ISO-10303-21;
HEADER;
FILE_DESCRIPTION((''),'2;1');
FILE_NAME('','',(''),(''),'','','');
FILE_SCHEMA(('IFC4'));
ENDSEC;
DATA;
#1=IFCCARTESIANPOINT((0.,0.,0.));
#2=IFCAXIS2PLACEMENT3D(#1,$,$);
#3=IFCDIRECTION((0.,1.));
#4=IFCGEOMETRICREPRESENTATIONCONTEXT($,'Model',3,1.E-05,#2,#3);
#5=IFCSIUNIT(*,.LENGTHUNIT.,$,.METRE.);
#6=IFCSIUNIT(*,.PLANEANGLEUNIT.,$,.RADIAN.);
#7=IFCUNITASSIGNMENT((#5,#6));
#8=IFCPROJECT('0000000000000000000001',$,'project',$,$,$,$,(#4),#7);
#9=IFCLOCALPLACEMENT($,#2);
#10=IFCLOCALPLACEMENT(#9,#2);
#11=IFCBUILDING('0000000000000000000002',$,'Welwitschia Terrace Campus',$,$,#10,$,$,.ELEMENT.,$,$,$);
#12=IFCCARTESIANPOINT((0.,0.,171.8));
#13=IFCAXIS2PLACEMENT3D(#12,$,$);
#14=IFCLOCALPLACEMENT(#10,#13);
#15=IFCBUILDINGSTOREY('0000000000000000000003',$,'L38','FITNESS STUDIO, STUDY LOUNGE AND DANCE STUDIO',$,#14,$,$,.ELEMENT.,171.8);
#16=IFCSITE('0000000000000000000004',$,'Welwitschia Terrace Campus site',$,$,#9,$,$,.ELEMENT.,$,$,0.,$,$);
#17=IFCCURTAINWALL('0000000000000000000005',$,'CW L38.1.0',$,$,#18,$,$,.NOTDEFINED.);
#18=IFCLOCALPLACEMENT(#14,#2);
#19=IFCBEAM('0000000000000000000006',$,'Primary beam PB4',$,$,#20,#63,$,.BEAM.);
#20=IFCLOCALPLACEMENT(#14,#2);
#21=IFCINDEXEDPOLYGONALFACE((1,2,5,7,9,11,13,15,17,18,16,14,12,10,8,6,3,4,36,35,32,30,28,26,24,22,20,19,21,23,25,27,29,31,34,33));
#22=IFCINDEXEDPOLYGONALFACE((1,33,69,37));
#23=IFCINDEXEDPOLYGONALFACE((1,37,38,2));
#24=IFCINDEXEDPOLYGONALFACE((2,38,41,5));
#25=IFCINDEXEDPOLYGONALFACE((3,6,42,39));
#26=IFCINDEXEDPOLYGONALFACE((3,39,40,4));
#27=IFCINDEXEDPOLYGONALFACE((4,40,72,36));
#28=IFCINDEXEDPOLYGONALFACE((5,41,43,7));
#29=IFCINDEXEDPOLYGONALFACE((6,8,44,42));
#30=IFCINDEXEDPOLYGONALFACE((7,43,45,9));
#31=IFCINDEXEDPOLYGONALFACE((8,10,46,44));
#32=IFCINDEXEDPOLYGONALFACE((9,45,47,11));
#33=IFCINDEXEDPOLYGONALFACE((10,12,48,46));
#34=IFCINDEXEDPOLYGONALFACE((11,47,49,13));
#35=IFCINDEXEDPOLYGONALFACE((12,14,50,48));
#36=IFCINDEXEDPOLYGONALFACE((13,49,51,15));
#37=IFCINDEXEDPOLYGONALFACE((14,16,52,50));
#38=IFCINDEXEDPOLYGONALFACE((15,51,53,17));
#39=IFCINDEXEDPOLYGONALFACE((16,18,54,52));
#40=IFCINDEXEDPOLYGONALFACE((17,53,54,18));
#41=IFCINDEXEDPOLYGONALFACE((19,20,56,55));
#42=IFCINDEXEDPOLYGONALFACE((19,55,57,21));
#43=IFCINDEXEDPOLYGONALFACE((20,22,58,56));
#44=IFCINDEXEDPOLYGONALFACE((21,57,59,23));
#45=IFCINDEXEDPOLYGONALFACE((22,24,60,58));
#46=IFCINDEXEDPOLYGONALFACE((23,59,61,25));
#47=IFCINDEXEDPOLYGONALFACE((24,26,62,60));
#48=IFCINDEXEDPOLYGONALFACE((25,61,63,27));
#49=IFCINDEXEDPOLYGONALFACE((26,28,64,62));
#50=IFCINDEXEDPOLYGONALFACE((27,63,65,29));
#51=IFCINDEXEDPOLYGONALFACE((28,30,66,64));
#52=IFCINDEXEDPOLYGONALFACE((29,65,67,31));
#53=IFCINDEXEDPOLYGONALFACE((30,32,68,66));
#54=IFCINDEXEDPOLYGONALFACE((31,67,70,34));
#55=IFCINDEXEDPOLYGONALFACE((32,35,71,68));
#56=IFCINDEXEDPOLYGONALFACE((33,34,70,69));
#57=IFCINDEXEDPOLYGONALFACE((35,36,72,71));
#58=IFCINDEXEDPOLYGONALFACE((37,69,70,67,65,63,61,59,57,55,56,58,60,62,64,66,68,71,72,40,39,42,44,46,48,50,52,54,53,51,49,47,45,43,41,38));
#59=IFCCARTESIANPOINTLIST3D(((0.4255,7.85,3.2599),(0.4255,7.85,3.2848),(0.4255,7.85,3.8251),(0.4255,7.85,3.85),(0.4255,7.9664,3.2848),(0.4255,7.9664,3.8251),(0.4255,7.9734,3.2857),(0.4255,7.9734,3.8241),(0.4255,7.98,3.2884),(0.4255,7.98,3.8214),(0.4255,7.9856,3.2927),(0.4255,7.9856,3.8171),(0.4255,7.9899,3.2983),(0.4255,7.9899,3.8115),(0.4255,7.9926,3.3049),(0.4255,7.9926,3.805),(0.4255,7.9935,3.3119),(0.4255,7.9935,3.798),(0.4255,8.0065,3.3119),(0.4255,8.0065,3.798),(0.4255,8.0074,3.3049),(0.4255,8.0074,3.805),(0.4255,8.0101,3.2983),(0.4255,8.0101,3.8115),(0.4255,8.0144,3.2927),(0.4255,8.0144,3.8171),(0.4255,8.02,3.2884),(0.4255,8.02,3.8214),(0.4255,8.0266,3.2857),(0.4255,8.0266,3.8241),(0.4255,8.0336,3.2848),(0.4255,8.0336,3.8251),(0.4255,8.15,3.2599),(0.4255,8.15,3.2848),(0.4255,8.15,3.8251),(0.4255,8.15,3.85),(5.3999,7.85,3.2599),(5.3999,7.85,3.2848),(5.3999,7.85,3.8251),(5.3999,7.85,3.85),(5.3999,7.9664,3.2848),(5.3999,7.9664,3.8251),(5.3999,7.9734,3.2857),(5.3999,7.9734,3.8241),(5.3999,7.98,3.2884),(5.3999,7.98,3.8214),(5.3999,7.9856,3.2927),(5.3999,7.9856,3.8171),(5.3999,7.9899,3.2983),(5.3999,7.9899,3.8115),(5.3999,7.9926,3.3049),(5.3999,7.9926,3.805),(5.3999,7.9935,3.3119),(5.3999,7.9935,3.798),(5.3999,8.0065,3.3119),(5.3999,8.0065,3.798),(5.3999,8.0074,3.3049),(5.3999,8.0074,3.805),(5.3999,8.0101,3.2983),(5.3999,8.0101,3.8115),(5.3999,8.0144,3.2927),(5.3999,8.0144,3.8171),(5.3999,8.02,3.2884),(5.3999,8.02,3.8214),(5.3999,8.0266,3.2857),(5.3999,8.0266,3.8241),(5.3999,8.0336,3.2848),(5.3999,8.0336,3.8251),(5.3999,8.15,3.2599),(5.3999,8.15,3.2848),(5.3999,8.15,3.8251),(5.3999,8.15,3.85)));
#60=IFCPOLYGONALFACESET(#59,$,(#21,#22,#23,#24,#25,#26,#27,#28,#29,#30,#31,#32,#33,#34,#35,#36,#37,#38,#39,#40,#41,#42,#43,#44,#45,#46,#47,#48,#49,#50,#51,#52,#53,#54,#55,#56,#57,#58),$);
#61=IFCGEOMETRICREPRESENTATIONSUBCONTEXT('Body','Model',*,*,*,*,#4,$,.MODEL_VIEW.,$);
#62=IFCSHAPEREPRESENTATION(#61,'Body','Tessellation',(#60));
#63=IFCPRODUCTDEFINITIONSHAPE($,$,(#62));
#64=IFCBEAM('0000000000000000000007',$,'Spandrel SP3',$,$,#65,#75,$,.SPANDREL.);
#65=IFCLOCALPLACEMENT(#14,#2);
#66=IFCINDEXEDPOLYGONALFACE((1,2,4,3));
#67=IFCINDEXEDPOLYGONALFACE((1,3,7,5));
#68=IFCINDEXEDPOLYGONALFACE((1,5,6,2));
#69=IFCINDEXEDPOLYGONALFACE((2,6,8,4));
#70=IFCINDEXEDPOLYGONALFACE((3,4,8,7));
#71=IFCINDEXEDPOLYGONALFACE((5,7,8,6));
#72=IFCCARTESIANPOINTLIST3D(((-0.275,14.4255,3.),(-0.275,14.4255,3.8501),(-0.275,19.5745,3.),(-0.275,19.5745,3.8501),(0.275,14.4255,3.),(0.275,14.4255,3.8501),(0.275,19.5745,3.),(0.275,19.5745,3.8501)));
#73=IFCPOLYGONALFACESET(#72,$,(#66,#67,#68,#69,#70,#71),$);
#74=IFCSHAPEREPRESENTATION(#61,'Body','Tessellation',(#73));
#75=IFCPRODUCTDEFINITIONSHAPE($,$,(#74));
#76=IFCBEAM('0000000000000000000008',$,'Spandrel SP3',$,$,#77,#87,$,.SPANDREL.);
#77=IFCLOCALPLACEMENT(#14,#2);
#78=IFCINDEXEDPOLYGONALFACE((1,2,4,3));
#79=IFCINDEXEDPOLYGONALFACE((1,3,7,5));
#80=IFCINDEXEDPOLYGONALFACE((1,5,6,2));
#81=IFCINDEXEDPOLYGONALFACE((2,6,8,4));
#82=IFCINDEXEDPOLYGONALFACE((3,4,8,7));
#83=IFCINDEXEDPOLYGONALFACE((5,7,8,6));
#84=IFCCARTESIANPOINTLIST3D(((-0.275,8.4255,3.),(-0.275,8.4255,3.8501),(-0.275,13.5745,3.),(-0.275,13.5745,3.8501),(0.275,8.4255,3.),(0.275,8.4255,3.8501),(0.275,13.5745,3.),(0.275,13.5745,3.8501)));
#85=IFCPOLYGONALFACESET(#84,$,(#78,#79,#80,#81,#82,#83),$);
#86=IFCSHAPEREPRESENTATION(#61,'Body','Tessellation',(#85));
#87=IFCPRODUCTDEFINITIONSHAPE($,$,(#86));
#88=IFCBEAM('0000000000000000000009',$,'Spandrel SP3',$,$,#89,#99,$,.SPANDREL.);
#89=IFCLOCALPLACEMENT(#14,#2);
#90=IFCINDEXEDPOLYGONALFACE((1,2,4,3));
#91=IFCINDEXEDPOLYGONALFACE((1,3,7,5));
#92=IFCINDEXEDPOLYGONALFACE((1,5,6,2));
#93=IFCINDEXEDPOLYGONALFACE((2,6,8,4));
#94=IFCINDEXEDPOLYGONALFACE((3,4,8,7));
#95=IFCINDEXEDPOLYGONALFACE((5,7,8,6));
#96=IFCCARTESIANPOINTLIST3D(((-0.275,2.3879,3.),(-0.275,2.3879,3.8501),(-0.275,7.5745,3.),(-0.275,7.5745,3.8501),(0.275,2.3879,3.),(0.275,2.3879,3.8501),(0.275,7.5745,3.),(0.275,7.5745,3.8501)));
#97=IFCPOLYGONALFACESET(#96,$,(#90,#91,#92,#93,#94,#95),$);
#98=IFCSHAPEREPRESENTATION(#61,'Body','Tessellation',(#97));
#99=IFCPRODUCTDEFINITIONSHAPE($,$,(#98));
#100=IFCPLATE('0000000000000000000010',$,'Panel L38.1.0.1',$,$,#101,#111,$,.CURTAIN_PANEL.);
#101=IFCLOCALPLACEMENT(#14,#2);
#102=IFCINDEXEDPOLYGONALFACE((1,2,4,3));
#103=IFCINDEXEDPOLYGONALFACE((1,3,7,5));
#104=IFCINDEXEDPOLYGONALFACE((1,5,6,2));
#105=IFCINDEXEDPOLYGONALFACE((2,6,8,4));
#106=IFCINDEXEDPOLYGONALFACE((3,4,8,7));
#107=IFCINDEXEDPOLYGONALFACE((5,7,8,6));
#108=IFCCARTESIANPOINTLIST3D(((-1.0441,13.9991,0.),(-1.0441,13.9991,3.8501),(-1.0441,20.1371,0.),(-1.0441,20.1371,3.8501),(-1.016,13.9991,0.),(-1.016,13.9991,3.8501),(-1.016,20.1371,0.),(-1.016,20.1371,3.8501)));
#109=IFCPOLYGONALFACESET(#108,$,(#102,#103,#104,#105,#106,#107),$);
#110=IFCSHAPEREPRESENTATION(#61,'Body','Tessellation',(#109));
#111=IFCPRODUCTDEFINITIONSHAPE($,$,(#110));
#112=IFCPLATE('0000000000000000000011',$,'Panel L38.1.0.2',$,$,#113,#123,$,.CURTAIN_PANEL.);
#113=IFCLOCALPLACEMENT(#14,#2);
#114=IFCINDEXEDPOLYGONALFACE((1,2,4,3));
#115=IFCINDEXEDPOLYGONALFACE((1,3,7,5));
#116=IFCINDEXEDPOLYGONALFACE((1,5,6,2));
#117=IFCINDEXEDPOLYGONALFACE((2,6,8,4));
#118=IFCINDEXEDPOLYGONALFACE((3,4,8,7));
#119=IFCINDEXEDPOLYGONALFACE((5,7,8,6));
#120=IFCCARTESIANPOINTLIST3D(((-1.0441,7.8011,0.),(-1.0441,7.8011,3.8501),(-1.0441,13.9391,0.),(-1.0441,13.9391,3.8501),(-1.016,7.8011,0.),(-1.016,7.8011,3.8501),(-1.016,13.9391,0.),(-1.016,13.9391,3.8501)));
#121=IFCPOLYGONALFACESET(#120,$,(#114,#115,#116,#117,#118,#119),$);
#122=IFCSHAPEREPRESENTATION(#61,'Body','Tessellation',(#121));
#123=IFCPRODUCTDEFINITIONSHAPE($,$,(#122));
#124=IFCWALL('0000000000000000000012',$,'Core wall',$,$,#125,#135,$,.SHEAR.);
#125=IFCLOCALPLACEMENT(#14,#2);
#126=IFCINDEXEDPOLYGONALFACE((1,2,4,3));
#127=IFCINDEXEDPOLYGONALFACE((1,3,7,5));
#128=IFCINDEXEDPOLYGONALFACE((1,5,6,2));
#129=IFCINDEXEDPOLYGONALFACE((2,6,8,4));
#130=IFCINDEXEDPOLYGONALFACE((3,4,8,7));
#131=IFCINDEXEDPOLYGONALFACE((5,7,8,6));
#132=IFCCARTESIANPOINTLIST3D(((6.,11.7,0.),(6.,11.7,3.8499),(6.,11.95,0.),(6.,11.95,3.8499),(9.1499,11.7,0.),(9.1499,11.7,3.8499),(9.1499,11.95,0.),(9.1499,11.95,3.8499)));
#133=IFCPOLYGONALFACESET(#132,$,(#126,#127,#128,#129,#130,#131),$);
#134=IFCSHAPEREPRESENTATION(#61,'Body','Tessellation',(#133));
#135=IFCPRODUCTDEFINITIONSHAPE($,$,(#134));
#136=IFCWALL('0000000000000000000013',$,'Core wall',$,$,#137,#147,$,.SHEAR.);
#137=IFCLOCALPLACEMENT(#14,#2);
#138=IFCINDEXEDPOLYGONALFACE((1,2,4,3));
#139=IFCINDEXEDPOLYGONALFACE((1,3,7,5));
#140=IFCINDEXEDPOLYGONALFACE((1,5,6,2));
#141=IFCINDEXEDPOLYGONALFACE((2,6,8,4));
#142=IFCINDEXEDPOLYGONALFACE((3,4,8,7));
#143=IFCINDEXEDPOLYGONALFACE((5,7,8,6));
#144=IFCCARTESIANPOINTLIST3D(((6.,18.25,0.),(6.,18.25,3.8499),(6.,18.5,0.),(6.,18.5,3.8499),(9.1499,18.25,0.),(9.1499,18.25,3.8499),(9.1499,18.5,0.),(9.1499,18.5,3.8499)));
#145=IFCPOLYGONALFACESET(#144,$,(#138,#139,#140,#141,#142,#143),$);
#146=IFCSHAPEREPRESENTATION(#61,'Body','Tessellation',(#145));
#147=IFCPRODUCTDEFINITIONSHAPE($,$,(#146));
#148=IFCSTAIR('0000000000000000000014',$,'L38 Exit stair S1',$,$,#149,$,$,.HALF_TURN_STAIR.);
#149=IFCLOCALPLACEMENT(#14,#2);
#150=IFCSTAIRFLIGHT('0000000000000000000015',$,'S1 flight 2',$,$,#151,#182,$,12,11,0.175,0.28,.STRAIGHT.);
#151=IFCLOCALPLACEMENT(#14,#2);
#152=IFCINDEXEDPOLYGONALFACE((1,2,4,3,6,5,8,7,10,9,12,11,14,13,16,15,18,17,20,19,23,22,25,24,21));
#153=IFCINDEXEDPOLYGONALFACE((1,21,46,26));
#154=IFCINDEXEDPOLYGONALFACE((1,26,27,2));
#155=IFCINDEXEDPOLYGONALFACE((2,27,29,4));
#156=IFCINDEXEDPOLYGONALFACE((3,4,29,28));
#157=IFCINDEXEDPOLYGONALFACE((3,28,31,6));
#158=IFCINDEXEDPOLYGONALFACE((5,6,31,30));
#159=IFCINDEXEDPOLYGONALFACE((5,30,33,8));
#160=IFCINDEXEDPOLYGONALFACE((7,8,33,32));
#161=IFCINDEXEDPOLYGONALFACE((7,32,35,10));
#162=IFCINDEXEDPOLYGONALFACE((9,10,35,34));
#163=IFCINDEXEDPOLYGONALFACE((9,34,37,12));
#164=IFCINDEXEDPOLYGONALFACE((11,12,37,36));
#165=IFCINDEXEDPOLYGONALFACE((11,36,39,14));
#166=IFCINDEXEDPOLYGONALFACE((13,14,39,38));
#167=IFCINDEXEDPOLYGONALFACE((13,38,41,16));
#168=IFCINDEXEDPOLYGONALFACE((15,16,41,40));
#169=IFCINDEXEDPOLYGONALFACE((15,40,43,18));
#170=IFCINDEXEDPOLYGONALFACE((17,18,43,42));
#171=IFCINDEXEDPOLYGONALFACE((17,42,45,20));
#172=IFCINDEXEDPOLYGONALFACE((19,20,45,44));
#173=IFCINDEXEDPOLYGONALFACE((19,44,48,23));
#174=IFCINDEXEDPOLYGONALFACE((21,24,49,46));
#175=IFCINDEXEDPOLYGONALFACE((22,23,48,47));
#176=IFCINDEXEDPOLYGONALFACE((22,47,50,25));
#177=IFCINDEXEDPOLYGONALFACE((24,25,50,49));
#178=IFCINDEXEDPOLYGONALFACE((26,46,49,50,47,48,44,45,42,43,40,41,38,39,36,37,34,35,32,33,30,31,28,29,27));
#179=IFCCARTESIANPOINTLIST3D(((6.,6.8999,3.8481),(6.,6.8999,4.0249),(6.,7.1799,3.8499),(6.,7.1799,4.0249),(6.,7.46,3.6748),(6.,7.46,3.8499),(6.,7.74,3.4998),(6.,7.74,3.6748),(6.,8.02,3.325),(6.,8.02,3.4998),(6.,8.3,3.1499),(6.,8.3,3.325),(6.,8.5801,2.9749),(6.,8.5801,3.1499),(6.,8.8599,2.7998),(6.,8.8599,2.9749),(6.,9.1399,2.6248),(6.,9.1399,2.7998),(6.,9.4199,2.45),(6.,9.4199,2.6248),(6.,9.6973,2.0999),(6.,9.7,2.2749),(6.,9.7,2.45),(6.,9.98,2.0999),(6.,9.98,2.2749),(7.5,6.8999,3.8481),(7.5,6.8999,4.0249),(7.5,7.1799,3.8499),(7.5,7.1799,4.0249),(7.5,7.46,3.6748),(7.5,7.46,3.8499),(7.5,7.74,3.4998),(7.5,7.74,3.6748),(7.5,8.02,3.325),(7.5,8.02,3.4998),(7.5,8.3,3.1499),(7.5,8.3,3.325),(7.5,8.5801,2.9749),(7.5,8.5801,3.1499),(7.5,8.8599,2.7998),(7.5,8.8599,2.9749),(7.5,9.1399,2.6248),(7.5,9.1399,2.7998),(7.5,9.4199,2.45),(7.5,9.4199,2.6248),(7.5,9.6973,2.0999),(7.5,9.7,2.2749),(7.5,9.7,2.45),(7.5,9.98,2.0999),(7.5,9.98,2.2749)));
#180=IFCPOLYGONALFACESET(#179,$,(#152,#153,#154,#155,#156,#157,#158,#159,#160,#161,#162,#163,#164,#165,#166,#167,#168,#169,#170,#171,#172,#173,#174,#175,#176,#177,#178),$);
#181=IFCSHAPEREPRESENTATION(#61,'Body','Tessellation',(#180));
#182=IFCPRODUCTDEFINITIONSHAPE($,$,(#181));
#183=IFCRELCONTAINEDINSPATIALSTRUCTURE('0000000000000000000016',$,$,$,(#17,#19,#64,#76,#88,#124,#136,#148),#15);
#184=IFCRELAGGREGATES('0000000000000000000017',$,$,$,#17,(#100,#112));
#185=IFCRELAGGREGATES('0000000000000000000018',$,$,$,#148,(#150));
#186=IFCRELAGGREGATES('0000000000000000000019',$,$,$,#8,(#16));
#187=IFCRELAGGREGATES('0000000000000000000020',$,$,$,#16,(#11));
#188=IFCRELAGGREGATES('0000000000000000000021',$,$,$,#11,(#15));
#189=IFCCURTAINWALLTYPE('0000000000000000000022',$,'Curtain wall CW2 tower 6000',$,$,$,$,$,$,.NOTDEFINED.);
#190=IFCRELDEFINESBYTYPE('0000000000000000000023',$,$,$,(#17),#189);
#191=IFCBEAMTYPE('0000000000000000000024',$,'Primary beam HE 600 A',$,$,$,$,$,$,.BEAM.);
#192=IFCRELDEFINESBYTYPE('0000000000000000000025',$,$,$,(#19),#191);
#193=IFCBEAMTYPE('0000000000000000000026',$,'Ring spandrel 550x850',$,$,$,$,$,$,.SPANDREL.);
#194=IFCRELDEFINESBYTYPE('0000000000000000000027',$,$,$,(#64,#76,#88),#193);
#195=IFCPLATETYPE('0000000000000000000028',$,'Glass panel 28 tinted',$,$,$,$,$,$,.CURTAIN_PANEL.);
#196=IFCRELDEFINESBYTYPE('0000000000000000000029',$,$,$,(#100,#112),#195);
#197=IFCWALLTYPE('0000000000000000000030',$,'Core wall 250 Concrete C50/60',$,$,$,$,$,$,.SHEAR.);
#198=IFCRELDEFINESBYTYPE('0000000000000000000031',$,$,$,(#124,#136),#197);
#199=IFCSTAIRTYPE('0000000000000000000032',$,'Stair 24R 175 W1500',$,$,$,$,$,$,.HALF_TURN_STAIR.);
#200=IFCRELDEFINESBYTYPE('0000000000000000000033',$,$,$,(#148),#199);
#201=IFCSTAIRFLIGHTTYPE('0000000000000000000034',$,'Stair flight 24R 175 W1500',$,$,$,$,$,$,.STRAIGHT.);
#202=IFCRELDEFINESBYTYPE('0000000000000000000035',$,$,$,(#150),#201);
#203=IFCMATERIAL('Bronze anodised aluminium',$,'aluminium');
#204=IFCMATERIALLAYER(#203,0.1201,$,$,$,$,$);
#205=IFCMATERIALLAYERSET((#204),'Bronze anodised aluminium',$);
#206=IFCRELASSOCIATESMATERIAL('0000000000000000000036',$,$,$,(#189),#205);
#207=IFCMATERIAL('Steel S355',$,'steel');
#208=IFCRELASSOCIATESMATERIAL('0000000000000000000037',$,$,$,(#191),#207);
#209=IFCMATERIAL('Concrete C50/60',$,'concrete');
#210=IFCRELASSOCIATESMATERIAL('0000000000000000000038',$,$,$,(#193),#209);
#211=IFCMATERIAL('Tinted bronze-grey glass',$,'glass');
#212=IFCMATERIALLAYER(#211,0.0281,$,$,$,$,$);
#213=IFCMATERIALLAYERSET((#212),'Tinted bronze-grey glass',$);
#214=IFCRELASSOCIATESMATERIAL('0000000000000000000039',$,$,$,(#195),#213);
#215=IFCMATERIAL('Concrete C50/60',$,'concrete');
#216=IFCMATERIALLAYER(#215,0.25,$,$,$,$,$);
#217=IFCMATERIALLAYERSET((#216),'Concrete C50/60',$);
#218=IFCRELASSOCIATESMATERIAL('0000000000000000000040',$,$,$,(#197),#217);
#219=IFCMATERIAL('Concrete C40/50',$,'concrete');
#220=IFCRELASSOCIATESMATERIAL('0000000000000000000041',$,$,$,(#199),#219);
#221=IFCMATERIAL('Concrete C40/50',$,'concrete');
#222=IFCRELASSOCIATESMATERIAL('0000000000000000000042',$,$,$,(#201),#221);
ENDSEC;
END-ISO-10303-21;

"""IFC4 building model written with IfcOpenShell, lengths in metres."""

from ifc_helpers import new_model, si_unit, direction, frame, frame_2d, origin, origin_2d, place, context, subcontext, project, spatial, polyline, rectangle, i_section, outline, extrude, material, layer, layer_set, material_profile, profile_set, type_object, element, aggregate, save


model = new_model("IFC4")

# Units and contexts
model_context = context("Model", 3, precision=1e-05, world=origin(), true_north=direction((0.0, 1.0)))
body_context = subcontext(model_context, "Body", "Model", "MODEL_VIEW")
ifc_project = project(units=[si_unit("LENGTHUNIT", "METRE"), si_unit("PLANEANGLEUNIT", "RADIAN")], contexts=[model_context])

# Site, building, storey
site_placement = place(None, origin())
site = spatial("IfcSite", under=ifc_project, at=site_placement, Name="Welwitschia Terrace Campus site", CompositionType="ELEMENT", RefElevation=0.0)
building_placement = place(site_placement, origin())
building = spatial("IfcBuilding", under=site, at=building_placement, Name="Welwitschia Terrace Campus", CompositionType="ELEMENT")
storey_placement = place(building_placement, frame((0.0, 0.0, 171.8)))
storey = spatial("IfcBuildingStorey", under=building, at=storey_placement, Name="L38", Description="FITNESS STUDIO, STUDY LOUNGE AND DANCE STUDIO", CompositionType="ELEMENT", Elevation=171.8)

# Curtain wall
ifc_material_1 = material(Name="Bronze anodised aluminium", Category="aluminium")
ifc_layer_1 = layer(ifc_material_1, 0.1201)
ifc_layer_set_1 = layer_set([ifc_layer_1], Name="Bronze anodised aluminium")
curtain_wall_type = type_object("IfcCurtainWallType", Name="Curtain wall CW2 tower 6000", PredefinedType="NOTDEFINED", material=ifc_layer_set_1)
curtain_wall_placement = place(storey_placement, origin())
curtain_wall = element("IfcCurtainWall", 1, at=curtain_wall_placement, inside=storey, type_object=curtain_wall_type, Name="CW L38.1.0", PredefinedType="NOTDEFINED")

# Beams
ifc_material_2 = material(Name="Steel S355", Category="steel")
ifc_material_profile_1 = material_profile(ifc_material_2, i_section(OverallWidth=0.3, OverallDepth=0.5901, WebThickness=0.0129, FlangeThickness=0.0249, FilletRadius=0.0271, at=origin_2d()))
ifc_profile_set_1 = profile_set([ifc_material_profile_1], Name="Steel S355")
beam_type_1 = type_object("IfcBeamType", Name="Primary beam HE 600 A", PredefinedType="BEAM", material=ifc_profile_set_1)
for number, where, z_axis, x_axis, name in (
    (2, (0.4255, 8.0, 3.5549), (1.0, 0.0, 0.0), (0.0, 1.0, 0.0), "Primary beam PB4"),
):
    element("IfcBeam", number, at=place(storey_placement, frame(where, z_axis=z_axis, x_axis=x_axis)), inside=storey, type_object=beam_type_1, Name=name, PredefinedType="BEAM", context=body_context, shape_type="SweptSolid", body=[
        extrude(i_section(OverallWidth=0.3, OverallDepth=0.5901, WebThickness=0.0129, FlangeThickness=0.0249, FilletRadius=0.0271, at=origin_2d()), origin(), (0.0, 0.0, 1.0), 4.9744),
    ])
ifc_material_3 = material(Name="Concrete C50/60", Category="concrete")
ifc_material_profile_2 = material_profile(ifc_material_3, rectangle(XDim=0.55, YDim=0.8501, at=origin_2d()))
ifc_profile_set_2 = profile_set([ifc_material_profile_2], Name="Concrete C50/60")
beam_type_2 = type_object("IfcBeamType", Name="Ring spandrel 550x850", PredefinedType="SPANDREL", material=ifc_profile_set_2)
for number, where, z_axis, x_axis, name in (
    (3, (0.0, 19.5745, 3.425), (0.0, -1.0, 0.0), (1.0, 0.0, 0.0), "Spandrel SP3"),
    (4, (0.0, 13.5745, 3.425), (0.0, -1.0, 0.0), (1.0, 0.0, 0.0), "Spandrel SP3"),
):
    element("IfcBeam", number, at=place(storey_placement, frame(where, z_axis=z_axis, x_axis=x_axis)), inside=storey, type_object=beam_type_2, Name=name, PredefinedType="SPANDREL", context=body_context, shape_type="SweptSolid", body=[
        extrude(rectangle(XDim=0.55, YDim=0.8501, at=origin_2d()), origin(), (0.0, 0.0, 1.0), 5.1489),
    ])
beam_1_placement = place(storey_placement, frame((0.0, 7.5745, 3.425), z_axis=(0.0, -1.0, 0.0), x_axis=(1.0, 0.0, 0.0)))
element("IfcBeam", 5, at=beam_1_placement, inside=storey, type_object=beam_type_2, Name="Spandrel SP3", PredefinedType="SPANDREL", context=body_context, shape_type="SweptSolid", body=[
    extrude(rectangle(XDim=0.55, YDim=0.8501, at=origin_2d()), origin(), (0.0, 0.0, 1.0), 5.1865),
])

# Plates
ifc_material_4 = material(Name="Tinted bronze-grey glass", Category="glass")
ifc_layer_2 = layer(ifc_material_4, 0.0281)
ifc_layer_set_2 = layer_set([ifc_layer_2], Name="Tinted bronze-grey glass")
plate_type = type_object("IfcPlateType", Name="Glass panel 28 tinted", PredefinedType="CURTAIN_PANEL", material=ifc_layer_set_2)
plate_1_placement = place(storey_placement, frame((-1.03, 17.0681, 0.0), z_axis=(0.0, 0.0, 1.0), x_axis=(0.0, -1.0, 0.0)))
plate_1 = element("IfcPlate", 6, at=plate_1_placement, type_object=plate_type, Name="Panel L38.1.0.1", PredefinedType="CURTAIN_PANEL", context=body_context, shape_type="SweptSolid", body=[
    extrude(rectangle(XDim=6.1379, YDim=0.0281, at=origin_2d()), origin(), (0.0, 0.0, 1.0), 3.8501),
])
plate_2_placement = place(storey_placement, frame((-1.03, 10.8701, 0.0), z_axis=(0.0, 0.0, 1.0), x_axis=(0.0, -1.0, 0.0)))
plate_2 = element("IfcPlate", 7, at=plate_2_placement, type_object=plate_type, Name="Panel L38.1.0.2", PredefinedType="CURTAIN_PANEL", context=body_context, shape_type="SweptSolid", body=[
    extrude(rectangle(XDim=6.1379, YDim=0.0281, at=origin_2d()), origin(), (0.0, 0.0, 1.0), 3.8501),
])
aggregate(curtain_wall, [plate_1, plate_2])

# Walls
ifc_material_5 = material(Name="Concrete C50/60", Category="concrete")
ifc_layer_3 = layer(ifc_material_5, 0.25)
ifc_layer_set_3 = layer_set([ifc_layer_3], Name="Concrete C50/60")
wall_type = type_object("IfcWallType", Name="Core wall 250 Concrete C50/60", PredefinedType="SHEAR", material=ifc_layer_set_3)
for number, where, z_axis, x_axis, name in (
    (8, (6.0, 11.825, 0.0), (0.0, 0.0, 1.0), (1.0, 0.0, 0.0), "Core wall"),
    (9, (6.0, 18.375, 0.0), (0.0, 0.0, 1.0), (1.0, 0.0, 0.0), "Core wall"),
):
    element("IfcWall", number, at=place(storey_placement, frame(where, z_axis=z_axis, x_axis=x_axis)), inside=storey, type_object=wall_type, Name=name, PredefinedType="SHEAR", context=body_context, shape_type="SweptSolid", body=[
        extrude(rectangle(XDim=3.1499, YDim=0.25, at=frame_2d((1.575, 0.0))), origin(), (0.0, 0.0, 1.0), 3.8499),
    ])

# Stair, stair flight
ifc_material_6 = material(Name="Concrete C40/50", Category="concrete")
stair_type = type_object("IfcStairType", Name="Stair 24R 175 W1500", PredefinedType="HALF_TURN_STAIR", material=ifc_material_6)
stair_1_placement = place(storey_placement, origin())
stair_1 = element("IfcStair", 10, at=stair_1_placement, inside=storey, type_object=stair_type, Name="L38 Exit stair S1", PredefinedType="HALF_TURN_STAIR")
ifc_material_7 = material(Name="Concrete C40/50", Category="concrete")
stair_flight_type = type_object("IfcStairFlightType", Name="Stair flight 24R 175 W1500", PredefinedType="STRAIGHT", material=ifc_material_7)
stair_flight_1_placement = place(storey_placement, frame((6.75, 9.98, 2.0999), z_axis=(0.0, 0.0, 1.0), x_axis=(0.0, -1.0, 0.0)))
stair_flight_1 = element("IfcStairFlight", 11, at=stair_flight_1_placement, type_object=stair_flight_type, Name="S1 flight 2", NumberOfRisers=12, NumberOfTreads=11, PredefinedType="STRAIGHT", RiserHeight=0.175, TreadLength=0.28, context=body_context, shape_type="SweptSolid", body=[
    extrude(outline(polyline([(0.0, 0.0), (0.0, 0.175), (0.28, 0.175), (0.28, 0.3501), (0.5601, 0.3501), (0.5601, 0.5249), (0.8401, 0.5249), (0.8401, 0.7), (1.1201, 0.7), (1.1201, 0.875), (1.3999, 0.875), (1.3999, 1.05), (1.6799, 1.05), (1.6799, 1.2251), (1.96, 1.2251), (1.96, 1.3999), (2.24, 1.3999), (2.24, 1.575), (2.52, 1.575), (2.52, 1.75), (2.8, 1.75), (2.8, 1.925), (3.0801, 1.925), (3.0801, 2.1001), (3.0801, 1.7483), (0.2827, 0.0), (0.0, 0.0)])), frame((0.0, 0.75, 0.0), z_axis=(0.0, -1.0, 0.0), x_axis=(1.0, 0.0, 0.0)), (0.0, 0.0, 1.0), 1.5),
])
aggregate(stair_1, [stair_flight_1])

save(model, "model.ifc")
